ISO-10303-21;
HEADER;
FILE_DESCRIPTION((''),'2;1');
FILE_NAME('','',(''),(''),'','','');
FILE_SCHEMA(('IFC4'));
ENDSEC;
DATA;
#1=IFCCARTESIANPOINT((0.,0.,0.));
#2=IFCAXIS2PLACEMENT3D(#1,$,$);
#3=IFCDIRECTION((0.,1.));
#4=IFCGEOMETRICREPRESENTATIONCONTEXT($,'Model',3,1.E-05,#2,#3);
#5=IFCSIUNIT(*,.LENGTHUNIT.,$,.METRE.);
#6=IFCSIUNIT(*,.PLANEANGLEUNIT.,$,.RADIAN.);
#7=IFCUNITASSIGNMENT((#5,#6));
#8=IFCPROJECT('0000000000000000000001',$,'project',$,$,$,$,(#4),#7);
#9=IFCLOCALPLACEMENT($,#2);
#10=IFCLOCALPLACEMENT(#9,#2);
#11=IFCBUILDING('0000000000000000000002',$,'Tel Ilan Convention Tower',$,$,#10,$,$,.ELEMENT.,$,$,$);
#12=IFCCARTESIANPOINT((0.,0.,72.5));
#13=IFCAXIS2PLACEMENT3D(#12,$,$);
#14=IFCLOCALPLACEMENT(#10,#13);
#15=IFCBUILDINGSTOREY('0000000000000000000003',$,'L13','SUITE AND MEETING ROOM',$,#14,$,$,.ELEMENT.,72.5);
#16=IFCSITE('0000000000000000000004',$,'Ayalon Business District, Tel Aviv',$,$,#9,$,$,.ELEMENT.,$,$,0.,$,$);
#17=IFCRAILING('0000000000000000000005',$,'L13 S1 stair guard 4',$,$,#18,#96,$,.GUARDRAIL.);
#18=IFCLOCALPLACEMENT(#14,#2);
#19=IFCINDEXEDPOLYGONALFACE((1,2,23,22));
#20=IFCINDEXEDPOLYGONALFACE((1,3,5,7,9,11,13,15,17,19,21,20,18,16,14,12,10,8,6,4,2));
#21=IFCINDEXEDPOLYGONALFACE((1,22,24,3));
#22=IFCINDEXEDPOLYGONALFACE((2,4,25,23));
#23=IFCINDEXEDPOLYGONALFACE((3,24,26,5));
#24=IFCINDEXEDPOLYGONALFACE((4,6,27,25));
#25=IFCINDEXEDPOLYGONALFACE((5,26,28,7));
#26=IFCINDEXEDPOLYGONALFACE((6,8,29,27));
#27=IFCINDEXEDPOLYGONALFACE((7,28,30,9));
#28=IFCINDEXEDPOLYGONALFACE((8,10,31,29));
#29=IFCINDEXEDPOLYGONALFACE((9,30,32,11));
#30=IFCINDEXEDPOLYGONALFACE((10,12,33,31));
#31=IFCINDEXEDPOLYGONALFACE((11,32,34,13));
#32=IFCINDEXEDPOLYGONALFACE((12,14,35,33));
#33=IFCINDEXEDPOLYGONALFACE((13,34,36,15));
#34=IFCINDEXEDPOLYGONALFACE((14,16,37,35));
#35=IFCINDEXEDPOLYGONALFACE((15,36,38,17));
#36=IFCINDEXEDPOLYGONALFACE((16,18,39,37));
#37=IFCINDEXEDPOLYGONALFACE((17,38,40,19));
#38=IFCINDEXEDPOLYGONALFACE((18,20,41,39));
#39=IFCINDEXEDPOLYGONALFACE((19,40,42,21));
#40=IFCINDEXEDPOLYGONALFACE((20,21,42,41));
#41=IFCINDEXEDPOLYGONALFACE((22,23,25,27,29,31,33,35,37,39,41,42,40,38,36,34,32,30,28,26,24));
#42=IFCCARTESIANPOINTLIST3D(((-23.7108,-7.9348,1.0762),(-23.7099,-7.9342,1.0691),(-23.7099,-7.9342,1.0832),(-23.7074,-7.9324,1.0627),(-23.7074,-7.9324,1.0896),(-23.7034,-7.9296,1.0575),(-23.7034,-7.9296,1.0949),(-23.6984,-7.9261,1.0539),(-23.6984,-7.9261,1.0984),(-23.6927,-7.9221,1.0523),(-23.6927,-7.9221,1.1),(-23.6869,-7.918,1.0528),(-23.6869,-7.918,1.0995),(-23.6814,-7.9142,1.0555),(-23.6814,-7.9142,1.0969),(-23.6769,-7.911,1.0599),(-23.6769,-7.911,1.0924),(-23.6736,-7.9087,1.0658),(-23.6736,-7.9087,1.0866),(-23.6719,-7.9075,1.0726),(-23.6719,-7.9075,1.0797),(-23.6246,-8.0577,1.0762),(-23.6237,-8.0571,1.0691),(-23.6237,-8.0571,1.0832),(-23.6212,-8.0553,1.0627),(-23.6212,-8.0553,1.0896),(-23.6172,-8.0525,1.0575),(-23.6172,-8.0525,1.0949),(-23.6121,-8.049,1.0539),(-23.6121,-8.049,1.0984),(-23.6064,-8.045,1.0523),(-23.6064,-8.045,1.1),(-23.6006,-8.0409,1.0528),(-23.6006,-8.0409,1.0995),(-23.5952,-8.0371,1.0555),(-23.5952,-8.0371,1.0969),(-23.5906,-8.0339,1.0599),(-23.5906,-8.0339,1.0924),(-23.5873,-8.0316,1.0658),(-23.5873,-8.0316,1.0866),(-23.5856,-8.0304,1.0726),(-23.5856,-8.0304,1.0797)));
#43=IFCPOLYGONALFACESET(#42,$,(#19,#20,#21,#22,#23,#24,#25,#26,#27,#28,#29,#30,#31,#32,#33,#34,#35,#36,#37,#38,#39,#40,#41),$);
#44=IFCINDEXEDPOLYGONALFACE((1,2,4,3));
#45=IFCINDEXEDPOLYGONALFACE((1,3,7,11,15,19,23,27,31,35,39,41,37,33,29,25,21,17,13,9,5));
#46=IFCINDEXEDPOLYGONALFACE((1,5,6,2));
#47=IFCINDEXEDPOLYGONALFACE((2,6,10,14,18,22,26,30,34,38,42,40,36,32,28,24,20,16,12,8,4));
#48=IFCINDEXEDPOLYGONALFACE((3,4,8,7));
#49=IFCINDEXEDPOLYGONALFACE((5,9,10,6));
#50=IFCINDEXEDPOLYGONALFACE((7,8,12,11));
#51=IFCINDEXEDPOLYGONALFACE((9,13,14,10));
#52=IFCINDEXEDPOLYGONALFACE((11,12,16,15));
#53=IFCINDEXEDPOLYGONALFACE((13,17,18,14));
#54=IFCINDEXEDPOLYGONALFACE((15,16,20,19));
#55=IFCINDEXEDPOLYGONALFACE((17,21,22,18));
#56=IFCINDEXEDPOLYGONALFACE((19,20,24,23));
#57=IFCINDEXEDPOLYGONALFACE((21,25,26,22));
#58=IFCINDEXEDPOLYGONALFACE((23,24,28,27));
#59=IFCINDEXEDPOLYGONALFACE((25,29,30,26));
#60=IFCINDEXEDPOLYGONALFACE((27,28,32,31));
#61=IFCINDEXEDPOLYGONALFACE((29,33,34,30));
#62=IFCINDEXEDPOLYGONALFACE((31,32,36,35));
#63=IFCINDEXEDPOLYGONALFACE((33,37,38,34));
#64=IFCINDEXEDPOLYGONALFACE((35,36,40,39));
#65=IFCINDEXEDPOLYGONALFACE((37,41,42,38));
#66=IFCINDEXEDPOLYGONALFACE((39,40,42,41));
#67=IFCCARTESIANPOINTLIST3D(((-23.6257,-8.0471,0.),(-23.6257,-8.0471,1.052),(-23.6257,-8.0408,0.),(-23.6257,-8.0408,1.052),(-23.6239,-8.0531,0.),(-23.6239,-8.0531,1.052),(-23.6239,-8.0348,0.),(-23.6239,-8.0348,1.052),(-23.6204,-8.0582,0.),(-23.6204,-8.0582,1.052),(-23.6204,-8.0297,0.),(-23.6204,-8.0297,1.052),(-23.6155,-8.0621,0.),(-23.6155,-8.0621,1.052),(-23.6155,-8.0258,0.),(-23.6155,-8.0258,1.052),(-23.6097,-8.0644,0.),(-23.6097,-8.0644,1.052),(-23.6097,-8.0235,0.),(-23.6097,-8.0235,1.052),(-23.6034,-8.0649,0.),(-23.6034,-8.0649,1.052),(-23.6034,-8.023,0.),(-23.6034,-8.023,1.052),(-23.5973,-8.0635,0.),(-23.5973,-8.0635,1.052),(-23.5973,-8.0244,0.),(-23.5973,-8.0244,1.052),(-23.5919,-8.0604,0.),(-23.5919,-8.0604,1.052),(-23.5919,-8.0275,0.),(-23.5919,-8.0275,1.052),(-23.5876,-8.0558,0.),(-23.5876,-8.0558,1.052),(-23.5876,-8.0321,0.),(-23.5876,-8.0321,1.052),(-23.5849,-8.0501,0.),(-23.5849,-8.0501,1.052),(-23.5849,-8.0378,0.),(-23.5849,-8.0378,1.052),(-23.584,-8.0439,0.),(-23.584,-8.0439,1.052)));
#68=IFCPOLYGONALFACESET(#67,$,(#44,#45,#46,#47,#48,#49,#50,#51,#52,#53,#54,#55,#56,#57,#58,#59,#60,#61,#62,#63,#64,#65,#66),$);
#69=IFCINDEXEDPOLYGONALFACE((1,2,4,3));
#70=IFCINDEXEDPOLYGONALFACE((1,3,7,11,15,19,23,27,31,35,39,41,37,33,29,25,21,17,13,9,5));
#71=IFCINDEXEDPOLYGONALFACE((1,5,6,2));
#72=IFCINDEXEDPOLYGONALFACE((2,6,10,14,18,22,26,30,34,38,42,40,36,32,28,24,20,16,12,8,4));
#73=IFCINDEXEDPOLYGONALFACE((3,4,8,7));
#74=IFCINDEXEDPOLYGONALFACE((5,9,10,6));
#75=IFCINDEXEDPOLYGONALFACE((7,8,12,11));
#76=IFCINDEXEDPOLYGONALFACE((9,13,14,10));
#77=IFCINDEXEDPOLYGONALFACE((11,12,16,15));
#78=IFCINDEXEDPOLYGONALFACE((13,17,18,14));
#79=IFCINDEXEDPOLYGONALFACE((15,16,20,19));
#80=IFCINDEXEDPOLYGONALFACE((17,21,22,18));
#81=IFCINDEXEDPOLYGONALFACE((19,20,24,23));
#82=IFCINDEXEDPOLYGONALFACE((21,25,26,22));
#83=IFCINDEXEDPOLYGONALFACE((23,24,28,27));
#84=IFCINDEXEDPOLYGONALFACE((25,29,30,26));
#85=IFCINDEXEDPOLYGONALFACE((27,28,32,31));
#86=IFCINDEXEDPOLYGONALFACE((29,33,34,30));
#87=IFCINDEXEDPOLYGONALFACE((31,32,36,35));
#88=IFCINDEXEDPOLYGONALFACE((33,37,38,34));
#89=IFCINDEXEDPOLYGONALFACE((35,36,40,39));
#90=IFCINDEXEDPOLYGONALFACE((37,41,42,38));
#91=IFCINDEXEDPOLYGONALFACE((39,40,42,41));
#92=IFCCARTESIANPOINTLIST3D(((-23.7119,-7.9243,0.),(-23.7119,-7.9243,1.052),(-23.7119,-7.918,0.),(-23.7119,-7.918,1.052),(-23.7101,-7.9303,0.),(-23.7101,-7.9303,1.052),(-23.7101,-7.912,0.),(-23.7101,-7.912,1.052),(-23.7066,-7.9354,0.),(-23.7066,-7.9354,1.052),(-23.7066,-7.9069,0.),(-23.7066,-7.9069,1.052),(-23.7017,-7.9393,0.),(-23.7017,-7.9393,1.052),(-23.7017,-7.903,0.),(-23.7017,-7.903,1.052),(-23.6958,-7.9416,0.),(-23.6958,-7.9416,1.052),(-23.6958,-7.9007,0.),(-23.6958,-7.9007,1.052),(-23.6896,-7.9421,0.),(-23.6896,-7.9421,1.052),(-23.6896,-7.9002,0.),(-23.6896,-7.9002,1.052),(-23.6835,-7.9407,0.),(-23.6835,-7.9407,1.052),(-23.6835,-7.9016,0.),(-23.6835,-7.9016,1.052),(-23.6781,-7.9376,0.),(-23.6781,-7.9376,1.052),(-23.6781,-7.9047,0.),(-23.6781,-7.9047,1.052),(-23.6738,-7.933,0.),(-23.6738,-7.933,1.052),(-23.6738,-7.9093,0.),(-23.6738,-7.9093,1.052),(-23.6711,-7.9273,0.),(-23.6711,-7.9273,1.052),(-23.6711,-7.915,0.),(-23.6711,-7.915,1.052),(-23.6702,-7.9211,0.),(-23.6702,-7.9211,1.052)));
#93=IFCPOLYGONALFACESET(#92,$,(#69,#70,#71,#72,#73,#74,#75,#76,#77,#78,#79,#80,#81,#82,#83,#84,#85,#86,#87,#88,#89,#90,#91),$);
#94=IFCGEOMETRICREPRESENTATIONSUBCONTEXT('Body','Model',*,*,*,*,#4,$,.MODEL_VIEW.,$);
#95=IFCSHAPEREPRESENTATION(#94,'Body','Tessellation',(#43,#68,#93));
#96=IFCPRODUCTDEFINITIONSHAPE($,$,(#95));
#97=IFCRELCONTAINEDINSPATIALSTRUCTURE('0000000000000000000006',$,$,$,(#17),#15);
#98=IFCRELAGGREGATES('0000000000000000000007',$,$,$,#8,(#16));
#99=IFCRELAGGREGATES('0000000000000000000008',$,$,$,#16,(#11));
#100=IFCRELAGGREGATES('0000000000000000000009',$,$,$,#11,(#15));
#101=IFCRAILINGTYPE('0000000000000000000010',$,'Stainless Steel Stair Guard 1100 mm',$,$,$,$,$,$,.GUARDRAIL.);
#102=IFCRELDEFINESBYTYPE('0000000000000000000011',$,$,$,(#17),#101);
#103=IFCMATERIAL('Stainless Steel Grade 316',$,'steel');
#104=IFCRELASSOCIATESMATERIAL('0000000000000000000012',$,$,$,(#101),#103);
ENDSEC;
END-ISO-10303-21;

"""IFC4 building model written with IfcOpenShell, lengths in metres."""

from ifc_helpers import new_model, si_unit, direction, frame, origin, origin_2d, place, context, subcontext, project, spatial, circle, extrude, material, type_object, element, save


model = new_model("IFC4")

# Units and contexts
model_context = context("Model", 3, precision=1e-05, world=origin(), true_north=direction((0.0, 1.0)))
body_context = subcontext(model_context, "Body", "Model", "MODEL_VIEW")
ifc_project = project(units=[si_unit("LENGTHUNIT", "METRE"), si_unit("PLANEANGLEUNIT", "RADIAN")], contexts=[model_context])

# Site, building, storey
site_placement = place(None, origin())
site = spatial("IfcSite", under=ifc_project, at=site_placement, Name="Ayalon Business District, Tel Aviv", CompositionType="ELEMENT", RefElevation=0.0)
building_placement = place(site_placement, origin())
building = spatial("IfcBuilding", under=site, at=building_placement, Name="Tel Ilan Convention Tower", CompositionType="ELEMENT")
storey_placement = place(building_placement, frame((0.0, 0.0, 72.5)))
storey = spatial("IfcBuildingStorey", under=building, at=storey_placement, Name="L13", Description="SUITE AND MEETING ROOM", CompositionType="ELEMENT", Elevation=72.5)

# Railing
ifc_material_1 = material(Name="Stainless Steel Grade 316", Category="steel")
railing_type = type_object("IfcRailingType", Name="Stainless Steel Stair Guard 1100 mm", PredefinedType="GUARDRAIL", material=ifc_material_1)
railing_placement = place(storey_placement, frame((-23.605, -8.0439, 0.0)))
element("IfcRailing", 1, at=railing_placement, inside=storey, type_object=railing_type, Name="L13 S1 stair guard 4", PredefinedType="GUARDRAIL", context=body_context, shape_type="SweptSolid", body=[
    extrude(circle(Radius=0.0239, at=origin_2d()), frame((0.0, 0.0, 1.0762), z_axis=(-0.574445, 0.818543, 0.0), x_axis=(-0.818543, -0.574445, 0.0)), (0.0, 0.0, 1.0), 0.1501),
    extrude(circle(Radius=0.021, at=origin_2d()), origin(), (0.0, 0.0, 1.0), 1.052),
    extrude(circle(Radius=0.021, at=origin_2d()), frame((-0.0862, 0.1228, 0.0)), (0.0, 0.0, 1.0), 1.052),
])

save(model, "model.ifc")
